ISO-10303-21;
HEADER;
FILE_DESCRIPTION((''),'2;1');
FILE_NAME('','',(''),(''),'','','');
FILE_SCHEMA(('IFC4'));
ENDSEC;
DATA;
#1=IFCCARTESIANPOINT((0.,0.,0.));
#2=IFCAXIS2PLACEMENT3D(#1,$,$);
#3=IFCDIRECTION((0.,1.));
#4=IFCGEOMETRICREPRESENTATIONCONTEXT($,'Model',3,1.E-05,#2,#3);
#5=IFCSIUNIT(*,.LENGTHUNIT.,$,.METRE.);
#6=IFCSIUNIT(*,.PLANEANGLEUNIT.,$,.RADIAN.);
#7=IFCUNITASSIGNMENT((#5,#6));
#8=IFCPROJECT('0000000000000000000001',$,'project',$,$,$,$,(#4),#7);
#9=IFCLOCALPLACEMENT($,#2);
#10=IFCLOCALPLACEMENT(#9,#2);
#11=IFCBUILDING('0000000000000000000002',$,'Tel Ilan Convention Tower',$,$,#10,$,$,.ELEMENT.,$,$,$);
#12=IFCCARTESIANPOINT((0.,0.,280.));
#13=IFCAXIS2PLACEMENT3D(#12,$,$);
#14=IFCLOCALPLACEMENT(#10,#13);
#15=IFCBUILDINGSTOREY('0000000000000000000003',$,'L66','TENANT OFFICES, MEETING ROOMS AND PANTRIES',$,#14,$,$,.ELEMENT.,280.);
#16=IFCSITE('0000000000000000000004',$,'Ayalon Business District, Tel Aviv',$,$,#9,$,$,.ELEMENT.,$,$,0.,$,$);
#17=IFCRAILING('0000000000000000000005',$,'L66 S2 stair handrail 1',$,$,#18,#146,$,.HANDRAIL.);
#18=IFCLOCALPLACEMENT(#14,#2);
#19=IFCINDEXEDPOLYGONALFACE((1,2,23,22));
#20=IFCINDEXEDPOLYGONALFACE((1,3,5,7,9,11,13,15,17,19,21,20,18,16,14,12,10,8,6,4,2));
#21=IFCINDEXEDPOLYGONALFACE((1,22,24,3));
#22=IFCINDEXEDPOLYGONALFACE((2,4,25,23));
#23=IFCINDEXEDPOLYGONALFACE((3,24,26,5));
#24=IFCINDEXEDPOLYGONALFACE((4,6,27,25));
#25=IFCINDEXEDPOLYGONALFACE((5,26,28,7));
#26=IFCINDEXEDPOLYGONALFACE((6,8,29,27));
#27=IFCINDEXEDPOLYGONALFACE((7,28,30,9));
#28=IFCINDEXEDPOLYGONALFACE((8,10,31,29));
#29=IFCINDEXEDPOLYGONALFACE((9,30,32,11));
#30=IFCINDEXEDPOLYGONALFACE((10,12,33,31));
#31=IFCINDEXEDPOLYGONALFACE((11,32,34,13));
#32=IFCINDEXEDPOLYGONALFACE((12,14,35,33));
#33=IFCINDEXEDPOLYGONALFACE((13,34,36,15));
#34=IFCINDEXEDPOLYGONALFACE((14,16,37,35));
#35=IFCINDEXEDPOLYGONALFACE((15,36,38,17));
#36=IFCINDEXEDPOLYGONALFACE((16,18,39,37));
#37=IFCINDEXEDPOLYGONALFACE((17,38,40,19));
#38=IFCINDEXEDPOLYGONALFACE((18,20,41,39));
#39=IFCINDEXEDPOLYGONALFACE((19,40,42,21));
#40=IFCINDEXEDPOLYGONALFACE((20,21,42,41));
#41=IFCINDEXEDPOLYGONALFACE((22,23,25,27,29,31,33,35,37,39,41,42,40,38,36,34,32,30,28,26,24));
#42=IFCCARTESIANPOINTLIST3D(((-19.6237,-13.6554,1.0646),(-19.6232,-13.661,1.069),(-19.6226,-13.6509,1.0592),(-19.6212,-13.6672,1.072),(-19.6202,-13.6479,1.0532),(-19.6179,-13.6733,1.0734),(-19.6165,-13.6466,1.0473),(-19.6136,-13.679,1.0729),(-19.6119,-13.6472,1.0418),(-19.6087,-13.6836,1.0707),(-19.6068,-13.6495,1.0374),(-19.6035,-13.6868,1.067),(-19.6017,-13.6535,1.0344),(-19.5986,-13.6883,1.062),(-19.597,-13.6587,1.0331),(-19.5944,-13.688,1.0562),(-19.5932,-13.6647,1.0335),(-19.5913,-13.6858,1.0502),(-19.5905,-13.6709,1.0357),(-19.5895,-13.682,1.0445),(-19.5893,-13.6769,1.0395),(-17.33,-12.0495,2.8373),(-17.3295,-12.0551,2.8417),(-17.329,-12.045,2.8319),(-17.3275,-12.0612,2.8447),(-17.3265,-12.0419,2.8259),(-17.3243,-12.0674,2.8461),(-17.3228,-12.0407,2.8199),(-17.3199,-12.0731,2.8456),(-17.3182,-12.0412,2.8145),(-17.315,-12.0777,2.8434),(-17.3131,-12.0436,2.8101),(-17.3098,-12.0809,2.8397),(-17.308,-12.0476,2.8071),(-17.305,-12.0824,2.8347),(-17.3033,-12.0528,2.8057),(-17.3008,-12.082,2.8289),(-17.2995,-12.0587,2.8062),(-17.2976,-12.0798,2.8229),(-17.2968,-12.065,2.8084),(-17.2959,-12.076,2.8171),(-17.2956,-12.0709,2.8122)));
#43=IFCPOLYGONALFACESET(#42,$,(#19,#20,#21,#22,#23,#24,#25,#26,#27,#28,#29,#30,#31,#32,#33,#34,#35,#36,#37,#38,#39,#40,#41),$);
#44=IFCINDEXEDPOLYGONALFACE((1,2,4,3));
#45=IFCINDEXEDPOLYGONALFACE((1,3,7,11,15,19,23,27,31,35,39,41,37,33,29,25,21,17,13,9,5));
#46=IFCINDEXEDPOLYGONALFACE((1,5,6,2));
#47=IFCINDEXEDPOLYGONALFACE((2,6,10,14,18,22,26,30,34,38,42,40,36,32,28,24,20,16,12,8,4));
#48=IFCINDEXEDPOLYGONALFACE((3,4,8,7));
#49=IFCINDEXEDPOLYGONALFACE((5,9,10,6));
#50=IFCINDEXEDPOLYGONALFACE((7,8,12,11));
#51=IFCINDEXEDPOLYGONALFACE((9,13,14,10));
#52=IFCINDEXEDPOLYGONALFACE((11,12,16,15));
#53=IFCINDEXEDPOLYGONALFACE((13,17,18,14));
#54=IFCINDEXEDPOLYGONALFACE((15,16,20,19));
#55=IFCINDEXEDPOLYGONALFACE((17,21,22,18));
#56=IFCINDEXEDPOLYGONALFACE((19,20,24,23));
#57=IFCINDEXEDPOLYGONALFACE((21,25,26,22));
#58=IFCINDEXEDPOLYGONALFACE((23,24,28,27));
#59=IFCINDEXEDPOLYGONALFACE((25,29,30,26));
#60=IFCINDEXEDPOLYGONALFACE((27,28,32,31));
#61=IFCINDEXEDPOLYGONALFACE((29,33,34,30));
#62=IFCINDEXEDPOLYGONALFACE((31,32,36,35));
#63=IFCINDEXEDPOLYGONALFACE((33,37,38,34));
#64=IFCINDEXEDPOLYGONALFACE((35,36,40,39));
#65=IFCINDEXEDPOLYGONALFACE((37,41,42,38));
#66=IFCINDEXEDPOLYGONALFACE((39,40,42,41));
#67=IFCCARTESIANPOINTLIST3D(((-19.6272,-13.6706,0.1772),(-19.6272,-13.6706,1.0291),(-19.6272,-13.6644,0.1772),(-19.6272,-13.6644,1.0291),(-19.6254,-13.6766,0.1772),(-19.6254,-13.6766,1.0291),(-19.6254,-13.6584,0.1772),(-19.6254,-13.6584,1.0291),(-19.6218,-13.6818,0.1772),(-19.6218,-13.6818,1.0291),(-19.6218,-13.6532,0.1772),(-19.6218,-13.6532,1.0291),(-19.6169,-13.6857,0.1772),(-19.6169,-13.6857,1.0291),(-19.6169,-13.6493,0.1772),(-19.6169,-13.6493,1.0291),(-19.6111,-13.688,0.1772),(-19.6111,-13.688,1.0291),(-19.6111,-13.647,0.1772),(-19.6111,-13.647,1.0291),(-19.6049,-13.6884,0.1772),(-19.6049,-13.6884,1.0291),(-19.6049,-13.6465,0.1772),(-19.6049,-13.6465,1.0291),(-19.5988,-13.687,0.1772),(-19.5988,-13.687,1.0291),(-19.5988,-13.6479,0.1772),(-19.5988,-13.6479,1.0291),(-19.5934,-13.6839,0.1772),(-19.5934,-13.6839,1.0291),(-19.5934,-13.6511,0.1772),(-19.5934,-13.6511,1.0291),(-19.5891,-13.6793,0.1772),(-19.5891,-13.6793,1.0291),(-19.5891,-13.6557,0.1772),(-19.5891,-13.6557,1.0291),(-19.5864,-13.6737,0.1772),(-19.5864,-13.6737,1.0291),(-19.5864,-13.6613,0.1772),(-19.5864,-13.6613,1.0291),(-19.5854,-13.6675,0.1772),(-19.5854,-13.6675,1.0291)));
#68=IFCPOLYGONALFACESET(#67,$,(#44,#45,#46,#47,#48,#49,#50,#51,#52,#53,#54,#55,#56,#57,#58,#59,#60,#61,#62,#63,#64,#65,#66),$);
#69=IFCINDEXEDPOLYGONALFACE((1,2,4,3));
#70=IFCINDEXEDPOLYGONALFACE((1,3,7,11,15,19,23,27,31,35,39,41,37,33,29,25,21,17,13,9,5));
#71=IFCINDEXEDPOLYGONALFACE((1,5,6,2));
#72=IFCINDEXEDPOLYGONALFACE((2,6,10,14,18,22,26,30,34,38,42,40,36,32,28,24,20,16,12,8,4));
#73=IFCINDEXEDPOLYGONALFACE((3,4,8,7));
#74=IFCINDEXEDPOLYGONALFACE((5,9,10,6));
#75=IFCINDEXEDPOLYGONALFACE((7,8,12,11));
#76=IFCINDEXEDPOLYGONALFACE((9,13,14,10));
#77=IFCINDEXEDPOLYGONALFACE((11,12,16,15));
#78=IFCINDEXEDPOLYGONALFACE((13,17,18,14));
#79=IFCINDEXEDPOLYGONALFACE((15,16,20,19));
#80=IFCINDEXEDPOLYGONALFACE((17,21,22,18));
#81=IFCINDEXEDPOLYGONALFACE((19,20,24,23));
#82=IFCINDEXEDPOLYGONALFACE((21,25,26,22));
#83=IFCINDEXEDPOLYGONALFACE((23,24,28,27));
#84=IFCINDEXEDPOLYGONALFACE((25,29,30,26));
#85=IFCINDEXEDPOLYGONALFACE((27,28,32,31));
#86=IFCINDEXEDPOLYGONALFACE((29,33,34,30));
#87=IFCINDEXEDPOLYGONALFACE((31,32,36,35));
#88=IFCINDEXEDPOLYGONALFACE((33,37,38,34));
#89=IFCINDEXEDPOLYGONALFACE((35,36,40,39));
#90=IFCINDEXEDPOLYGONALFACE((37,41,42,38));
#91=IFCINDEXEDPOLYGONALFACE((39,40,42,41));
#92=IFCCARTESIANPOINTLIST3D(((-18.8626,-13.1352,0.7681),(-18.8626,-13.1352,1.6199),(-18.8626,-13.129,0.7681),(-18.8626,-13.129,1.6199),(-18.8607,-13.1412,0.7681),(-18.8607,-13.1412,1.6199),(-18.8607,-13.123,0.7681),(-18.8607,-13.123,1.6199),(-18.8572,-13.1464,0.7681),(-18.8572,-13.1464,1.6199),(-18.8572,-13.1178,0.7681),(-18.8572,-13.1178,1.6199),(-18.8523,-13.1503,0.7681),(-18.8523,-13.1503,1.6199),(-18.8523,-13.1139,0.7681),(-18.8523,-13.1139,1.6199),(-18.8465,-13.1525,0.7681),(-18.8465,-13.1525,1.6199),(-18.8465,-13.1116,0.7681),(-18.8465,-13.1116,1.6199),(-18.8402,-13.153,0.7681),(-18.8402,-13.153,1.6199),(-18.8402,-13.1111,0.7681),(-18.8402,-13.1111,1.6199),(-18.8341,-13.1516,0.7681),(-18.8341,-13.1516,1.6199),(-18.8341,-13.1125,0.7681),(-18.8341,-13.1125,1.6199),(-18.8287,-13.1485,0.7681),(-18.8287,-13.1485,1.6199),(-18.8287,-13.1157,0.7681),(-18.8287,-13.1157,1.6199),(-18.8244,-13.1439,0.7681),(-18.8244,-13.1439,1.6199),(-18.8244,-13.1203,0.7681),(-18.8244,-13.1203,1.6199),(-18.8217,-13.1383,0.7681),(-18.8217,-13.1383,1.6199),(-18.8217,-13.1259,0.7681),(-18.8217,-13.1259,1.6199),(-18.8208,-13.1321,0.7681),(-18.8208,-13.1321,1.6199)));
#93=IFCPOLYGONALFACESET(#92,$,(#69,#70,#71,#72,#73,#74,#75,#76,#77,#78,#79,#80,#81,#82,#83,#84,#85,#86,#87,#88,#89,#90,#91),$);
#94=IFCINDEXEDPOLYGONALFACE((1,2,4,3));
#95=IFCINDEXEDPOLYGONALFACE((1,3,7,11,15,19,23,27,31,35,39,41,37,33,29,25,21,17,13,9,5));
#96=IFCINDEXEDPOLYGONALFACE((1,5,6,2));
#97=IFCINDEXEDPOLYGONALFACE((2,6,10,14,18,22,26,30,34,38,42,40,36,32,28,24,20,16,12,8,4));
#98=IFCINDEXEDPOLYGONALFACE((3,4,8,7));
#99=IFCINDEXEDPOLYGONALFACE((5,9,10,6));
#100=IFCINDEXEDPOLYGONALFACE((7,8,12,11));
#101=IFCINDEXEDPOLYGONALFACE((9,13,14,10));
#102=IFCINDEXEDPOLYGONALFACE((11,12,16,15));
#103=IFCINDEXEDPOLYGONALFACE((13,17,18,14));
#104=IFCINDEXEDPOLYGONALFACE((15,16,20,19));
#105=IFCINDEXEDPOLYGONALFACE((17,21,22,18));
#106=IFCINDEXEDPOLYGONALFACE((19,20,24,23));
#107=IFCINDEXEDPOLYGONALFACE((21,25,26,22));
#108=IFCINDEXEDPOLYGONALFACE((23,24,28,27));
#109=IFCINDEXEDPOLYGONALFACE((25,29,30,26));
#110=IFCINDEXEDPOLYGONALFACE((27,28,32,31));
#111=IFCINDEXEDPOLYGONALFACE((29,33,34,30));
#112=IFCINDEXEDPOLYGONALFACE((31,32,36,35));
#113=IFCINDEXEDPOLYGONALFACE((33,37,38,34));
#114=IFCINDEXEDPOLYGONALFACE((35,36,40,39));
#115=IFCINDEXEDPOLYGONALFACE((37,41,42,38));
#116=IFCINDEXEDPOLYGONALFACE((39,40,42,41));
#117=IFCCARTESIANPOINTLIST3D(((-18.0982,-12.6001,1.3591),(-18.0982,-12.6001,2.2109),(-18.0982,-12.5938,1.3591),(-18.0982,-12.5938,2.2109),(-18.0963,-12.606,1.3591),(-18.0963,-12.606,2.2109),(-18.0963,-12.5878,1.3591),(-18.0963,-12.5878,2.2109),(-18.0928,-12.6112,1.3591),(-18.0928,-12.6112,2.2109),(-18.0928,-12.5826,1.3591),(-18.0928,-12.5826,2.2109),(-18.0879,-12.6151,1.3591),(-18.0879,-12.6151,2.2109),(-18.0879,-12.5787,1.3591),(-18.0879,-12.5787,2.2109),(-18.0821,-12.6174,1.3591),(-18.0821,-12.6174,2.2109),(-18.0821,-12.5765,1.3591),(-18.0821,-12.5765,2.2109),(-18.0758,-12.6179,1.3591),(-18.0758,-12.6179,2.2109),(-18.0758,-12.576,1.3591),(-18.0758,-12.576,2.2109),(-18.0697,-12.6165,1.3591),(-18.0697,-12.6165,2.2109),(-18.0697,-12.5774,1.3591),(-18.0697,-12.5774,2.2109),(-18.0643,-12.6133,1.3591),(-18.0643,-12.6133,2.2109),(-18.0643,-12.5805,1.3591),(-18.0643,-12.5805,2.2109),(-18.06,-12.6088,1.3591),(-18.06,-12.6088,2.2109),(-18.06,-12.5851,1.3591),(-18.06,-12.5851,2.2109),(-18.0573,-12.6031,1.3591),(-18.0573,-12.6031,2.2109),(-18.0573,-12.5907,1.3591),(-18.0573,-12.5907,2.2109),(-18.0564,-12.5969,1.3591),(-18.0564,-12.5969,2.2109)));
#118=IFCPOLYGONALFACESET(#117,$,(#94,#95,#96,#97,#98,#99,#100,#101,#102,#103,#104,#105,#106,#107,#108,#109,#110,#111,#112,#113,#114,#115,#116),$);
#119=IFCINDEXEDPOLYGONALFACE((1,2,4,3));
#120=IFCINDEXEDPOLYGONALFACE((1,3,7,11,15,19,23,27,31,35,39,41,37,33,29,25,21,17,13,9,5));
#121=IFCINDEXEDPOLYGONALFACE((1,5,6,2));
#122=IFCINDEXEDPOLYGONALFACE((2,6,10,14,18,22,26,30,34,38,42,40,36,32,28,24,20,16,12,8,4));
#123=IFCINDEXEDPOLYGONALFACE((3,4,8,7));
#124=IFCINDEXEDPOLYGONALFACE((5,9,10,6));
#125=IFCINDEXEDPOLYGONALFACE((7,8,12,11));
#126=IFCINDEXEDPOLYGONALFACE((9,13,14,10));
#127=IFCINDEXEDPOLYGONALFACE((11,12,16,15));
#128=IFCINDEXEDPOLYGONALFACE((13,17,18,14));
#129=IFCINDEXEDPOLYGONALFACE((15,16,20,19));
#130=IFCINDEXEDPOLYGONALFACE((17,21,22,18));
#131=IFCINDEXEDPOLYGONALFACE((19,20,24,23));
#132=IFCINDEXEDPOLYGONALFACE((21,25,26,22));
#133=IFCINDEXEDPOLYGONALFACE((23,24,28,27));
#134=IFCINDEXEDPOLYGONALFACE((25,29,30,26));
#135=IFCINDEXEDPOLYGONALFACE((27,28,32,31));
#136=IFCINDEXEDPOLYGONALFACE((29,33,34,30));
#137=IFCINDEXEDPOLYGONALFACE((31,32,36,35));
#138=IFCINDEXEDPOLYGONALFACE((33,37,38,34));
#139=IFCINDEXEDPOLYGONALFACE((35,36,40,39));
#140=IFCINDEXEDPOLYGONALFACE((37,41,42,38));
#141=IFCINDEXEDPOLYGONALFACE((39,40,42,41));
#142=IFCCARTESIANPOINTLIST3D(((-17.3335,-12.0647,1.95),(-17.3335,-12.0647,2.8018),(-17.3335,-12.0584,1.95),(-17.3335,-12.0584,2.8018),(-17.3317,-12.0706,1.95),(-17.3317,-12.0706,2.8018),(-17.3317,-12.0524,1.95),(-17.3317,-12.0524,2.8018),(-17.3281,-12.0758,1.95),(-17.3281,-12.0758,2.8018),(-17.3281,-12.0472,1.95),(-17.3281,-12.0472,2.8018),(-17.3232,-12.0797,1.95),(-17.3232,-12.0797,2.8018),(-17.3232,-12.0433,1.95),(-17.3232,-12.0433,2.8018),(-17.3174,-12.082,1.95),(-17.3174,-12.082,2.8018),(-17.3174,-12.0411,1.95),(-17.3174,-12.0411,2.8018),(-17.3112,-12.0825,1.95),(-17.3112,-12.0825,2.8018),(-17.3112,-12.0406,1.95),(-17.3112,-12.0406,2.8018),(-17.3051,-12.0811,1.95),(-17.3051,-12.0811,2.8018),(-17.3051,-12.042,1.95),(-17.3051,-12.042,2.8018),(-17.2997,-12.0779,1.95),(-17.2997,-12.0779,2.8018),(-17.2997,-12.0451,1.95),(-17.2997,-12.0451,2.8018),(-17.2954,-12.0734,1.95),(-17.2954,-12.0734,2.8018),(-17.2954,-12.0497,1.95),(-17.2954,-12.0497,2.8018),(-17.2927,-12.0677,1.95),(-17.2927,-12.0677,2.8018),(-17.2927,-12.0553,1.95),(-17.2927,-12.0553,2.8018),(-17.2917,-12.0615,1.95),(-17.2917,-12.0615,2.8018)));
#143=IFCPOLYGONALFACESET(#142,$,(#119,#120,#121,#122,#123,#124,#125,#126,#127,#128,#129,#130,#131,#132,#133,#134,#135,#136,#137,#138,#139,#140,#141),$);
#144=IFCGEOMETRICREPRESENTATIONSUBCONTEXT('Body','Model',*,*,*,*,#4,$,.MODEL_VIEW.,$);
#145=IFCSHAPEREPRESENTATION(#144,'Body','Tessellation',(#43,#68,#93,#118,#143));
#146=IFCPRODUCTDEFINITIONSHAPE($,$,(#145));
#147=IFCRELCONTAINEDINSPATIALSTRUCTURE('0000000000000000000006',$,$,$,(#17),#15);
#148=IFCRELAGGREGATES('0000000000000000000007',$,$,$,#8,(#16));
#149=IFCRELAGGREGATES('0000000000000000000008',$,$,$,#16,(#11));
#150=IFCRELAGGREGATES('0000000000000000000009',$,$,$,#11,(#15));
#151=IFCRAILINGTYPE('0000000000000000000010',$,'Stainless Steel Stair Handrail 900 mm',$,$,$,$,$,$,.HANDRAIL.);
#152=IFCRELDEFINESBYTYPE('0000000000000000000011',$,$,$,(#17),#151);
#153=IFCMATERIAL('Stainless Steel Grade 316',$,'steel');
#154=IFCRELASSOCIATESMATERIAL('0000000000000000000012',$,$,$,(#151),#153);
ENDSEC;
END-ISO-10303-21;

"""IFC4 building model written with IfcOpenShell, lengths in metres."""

from ifc_helpers import new_model, si_unit, direction, frame, origin, origin_2d, place, context, subcontext, project, spatial, circle, extrude, material, type_object, element, save


model = new_model("IFC4")

# Units and contexts
model_context = context("Model", 3, precision=1e-05, world=origin(), true_north=direction((0.0, 1.0)))
body_context = subcontext(model_context, "Body", "Model", "MODEL_VIEW")
ifc_project = project(units=[si_unit("LENGTHUNIT", "METRE"), si_unit("PLANEANGLEUNIT", "RADIAN")], contexts=[model_context])

# Site, building, storey
site_placement = place(None, origin())
site = spatial("IfcSite", under=ifc_project, at=site_placement, Name="Ayalon Business District, Tel Aviv", CompositionType="ELEMENT", RefElevation=0.0)
building_placement = place(site_placement, origin())
building = spatial("IfcBuilding", under=site, at=building_placement, Name="Tel Ilan Convention Tower", CompositionType="ELEMENT")
storey_placement = place(building_placement, frame((0.0, 0.0, 280.0)))
storey = spatial("IfcBuildingStorey", under=building, at=storey_placement, Name="L66", Description="TENANT OFFICES, MEETING ROOMS AND PANTRIES", CompositionType="ELEMENT", Elevation=280.0)

# Railing
ifc_material_1 = material(Name="Stainless Steel Grade 316", Category="steel")
railing_type = type_object("IfcRailingType", Name="Stainless Steel Stair Handrail 900 mm", PredefinedType="HANDRAIL", material=ifc_material_1)
railing_placement = place(storey_placement, frame((-19.6064, -13.6675, 0.1772)))
element("IfcRailing", 1, at=railing_placement, inside=storey, type_object=railing_type, Name="L66 S2 stair handrail 1", PredefinedType="HANDRAIL", context=body_context, shape_type="SweptSolid", body=[
    extrude(circle(Radius=0.0239, at=origin_2d()), frame((0.0, 0.0, 0.876), z_axis=(0.692123, 0.484597, 0.534913), x_axis=(-0.57355, 0.81917, 0.0)), (0.0, 0.0, 1.0), 3.314),
    extrude(circle(Radius=0.021, at=origin_2d()), origin(), (0.0, 0.0, 1.0), 0.8518),
    extrude(circle(Radius=0.021, at=origin_2d()), frame((0.7646, 0.5354, 0.5908)), (0.0, 0.0, 1.0), 0.8518),
    extrude(circle(Radius=0.021, at=origin_2d()), frame((1.5291, 1.0706, 1.1819)), (0.0, 0.0, 1.0), 0.8518),
    extrude(circle(Radius=0.021, at=origin_2d()), frame((2.2937, 1.606, 1.7727)), (0.0, 0.0, 1.0), 0.8518),
])

save(model, "model.ifc")
